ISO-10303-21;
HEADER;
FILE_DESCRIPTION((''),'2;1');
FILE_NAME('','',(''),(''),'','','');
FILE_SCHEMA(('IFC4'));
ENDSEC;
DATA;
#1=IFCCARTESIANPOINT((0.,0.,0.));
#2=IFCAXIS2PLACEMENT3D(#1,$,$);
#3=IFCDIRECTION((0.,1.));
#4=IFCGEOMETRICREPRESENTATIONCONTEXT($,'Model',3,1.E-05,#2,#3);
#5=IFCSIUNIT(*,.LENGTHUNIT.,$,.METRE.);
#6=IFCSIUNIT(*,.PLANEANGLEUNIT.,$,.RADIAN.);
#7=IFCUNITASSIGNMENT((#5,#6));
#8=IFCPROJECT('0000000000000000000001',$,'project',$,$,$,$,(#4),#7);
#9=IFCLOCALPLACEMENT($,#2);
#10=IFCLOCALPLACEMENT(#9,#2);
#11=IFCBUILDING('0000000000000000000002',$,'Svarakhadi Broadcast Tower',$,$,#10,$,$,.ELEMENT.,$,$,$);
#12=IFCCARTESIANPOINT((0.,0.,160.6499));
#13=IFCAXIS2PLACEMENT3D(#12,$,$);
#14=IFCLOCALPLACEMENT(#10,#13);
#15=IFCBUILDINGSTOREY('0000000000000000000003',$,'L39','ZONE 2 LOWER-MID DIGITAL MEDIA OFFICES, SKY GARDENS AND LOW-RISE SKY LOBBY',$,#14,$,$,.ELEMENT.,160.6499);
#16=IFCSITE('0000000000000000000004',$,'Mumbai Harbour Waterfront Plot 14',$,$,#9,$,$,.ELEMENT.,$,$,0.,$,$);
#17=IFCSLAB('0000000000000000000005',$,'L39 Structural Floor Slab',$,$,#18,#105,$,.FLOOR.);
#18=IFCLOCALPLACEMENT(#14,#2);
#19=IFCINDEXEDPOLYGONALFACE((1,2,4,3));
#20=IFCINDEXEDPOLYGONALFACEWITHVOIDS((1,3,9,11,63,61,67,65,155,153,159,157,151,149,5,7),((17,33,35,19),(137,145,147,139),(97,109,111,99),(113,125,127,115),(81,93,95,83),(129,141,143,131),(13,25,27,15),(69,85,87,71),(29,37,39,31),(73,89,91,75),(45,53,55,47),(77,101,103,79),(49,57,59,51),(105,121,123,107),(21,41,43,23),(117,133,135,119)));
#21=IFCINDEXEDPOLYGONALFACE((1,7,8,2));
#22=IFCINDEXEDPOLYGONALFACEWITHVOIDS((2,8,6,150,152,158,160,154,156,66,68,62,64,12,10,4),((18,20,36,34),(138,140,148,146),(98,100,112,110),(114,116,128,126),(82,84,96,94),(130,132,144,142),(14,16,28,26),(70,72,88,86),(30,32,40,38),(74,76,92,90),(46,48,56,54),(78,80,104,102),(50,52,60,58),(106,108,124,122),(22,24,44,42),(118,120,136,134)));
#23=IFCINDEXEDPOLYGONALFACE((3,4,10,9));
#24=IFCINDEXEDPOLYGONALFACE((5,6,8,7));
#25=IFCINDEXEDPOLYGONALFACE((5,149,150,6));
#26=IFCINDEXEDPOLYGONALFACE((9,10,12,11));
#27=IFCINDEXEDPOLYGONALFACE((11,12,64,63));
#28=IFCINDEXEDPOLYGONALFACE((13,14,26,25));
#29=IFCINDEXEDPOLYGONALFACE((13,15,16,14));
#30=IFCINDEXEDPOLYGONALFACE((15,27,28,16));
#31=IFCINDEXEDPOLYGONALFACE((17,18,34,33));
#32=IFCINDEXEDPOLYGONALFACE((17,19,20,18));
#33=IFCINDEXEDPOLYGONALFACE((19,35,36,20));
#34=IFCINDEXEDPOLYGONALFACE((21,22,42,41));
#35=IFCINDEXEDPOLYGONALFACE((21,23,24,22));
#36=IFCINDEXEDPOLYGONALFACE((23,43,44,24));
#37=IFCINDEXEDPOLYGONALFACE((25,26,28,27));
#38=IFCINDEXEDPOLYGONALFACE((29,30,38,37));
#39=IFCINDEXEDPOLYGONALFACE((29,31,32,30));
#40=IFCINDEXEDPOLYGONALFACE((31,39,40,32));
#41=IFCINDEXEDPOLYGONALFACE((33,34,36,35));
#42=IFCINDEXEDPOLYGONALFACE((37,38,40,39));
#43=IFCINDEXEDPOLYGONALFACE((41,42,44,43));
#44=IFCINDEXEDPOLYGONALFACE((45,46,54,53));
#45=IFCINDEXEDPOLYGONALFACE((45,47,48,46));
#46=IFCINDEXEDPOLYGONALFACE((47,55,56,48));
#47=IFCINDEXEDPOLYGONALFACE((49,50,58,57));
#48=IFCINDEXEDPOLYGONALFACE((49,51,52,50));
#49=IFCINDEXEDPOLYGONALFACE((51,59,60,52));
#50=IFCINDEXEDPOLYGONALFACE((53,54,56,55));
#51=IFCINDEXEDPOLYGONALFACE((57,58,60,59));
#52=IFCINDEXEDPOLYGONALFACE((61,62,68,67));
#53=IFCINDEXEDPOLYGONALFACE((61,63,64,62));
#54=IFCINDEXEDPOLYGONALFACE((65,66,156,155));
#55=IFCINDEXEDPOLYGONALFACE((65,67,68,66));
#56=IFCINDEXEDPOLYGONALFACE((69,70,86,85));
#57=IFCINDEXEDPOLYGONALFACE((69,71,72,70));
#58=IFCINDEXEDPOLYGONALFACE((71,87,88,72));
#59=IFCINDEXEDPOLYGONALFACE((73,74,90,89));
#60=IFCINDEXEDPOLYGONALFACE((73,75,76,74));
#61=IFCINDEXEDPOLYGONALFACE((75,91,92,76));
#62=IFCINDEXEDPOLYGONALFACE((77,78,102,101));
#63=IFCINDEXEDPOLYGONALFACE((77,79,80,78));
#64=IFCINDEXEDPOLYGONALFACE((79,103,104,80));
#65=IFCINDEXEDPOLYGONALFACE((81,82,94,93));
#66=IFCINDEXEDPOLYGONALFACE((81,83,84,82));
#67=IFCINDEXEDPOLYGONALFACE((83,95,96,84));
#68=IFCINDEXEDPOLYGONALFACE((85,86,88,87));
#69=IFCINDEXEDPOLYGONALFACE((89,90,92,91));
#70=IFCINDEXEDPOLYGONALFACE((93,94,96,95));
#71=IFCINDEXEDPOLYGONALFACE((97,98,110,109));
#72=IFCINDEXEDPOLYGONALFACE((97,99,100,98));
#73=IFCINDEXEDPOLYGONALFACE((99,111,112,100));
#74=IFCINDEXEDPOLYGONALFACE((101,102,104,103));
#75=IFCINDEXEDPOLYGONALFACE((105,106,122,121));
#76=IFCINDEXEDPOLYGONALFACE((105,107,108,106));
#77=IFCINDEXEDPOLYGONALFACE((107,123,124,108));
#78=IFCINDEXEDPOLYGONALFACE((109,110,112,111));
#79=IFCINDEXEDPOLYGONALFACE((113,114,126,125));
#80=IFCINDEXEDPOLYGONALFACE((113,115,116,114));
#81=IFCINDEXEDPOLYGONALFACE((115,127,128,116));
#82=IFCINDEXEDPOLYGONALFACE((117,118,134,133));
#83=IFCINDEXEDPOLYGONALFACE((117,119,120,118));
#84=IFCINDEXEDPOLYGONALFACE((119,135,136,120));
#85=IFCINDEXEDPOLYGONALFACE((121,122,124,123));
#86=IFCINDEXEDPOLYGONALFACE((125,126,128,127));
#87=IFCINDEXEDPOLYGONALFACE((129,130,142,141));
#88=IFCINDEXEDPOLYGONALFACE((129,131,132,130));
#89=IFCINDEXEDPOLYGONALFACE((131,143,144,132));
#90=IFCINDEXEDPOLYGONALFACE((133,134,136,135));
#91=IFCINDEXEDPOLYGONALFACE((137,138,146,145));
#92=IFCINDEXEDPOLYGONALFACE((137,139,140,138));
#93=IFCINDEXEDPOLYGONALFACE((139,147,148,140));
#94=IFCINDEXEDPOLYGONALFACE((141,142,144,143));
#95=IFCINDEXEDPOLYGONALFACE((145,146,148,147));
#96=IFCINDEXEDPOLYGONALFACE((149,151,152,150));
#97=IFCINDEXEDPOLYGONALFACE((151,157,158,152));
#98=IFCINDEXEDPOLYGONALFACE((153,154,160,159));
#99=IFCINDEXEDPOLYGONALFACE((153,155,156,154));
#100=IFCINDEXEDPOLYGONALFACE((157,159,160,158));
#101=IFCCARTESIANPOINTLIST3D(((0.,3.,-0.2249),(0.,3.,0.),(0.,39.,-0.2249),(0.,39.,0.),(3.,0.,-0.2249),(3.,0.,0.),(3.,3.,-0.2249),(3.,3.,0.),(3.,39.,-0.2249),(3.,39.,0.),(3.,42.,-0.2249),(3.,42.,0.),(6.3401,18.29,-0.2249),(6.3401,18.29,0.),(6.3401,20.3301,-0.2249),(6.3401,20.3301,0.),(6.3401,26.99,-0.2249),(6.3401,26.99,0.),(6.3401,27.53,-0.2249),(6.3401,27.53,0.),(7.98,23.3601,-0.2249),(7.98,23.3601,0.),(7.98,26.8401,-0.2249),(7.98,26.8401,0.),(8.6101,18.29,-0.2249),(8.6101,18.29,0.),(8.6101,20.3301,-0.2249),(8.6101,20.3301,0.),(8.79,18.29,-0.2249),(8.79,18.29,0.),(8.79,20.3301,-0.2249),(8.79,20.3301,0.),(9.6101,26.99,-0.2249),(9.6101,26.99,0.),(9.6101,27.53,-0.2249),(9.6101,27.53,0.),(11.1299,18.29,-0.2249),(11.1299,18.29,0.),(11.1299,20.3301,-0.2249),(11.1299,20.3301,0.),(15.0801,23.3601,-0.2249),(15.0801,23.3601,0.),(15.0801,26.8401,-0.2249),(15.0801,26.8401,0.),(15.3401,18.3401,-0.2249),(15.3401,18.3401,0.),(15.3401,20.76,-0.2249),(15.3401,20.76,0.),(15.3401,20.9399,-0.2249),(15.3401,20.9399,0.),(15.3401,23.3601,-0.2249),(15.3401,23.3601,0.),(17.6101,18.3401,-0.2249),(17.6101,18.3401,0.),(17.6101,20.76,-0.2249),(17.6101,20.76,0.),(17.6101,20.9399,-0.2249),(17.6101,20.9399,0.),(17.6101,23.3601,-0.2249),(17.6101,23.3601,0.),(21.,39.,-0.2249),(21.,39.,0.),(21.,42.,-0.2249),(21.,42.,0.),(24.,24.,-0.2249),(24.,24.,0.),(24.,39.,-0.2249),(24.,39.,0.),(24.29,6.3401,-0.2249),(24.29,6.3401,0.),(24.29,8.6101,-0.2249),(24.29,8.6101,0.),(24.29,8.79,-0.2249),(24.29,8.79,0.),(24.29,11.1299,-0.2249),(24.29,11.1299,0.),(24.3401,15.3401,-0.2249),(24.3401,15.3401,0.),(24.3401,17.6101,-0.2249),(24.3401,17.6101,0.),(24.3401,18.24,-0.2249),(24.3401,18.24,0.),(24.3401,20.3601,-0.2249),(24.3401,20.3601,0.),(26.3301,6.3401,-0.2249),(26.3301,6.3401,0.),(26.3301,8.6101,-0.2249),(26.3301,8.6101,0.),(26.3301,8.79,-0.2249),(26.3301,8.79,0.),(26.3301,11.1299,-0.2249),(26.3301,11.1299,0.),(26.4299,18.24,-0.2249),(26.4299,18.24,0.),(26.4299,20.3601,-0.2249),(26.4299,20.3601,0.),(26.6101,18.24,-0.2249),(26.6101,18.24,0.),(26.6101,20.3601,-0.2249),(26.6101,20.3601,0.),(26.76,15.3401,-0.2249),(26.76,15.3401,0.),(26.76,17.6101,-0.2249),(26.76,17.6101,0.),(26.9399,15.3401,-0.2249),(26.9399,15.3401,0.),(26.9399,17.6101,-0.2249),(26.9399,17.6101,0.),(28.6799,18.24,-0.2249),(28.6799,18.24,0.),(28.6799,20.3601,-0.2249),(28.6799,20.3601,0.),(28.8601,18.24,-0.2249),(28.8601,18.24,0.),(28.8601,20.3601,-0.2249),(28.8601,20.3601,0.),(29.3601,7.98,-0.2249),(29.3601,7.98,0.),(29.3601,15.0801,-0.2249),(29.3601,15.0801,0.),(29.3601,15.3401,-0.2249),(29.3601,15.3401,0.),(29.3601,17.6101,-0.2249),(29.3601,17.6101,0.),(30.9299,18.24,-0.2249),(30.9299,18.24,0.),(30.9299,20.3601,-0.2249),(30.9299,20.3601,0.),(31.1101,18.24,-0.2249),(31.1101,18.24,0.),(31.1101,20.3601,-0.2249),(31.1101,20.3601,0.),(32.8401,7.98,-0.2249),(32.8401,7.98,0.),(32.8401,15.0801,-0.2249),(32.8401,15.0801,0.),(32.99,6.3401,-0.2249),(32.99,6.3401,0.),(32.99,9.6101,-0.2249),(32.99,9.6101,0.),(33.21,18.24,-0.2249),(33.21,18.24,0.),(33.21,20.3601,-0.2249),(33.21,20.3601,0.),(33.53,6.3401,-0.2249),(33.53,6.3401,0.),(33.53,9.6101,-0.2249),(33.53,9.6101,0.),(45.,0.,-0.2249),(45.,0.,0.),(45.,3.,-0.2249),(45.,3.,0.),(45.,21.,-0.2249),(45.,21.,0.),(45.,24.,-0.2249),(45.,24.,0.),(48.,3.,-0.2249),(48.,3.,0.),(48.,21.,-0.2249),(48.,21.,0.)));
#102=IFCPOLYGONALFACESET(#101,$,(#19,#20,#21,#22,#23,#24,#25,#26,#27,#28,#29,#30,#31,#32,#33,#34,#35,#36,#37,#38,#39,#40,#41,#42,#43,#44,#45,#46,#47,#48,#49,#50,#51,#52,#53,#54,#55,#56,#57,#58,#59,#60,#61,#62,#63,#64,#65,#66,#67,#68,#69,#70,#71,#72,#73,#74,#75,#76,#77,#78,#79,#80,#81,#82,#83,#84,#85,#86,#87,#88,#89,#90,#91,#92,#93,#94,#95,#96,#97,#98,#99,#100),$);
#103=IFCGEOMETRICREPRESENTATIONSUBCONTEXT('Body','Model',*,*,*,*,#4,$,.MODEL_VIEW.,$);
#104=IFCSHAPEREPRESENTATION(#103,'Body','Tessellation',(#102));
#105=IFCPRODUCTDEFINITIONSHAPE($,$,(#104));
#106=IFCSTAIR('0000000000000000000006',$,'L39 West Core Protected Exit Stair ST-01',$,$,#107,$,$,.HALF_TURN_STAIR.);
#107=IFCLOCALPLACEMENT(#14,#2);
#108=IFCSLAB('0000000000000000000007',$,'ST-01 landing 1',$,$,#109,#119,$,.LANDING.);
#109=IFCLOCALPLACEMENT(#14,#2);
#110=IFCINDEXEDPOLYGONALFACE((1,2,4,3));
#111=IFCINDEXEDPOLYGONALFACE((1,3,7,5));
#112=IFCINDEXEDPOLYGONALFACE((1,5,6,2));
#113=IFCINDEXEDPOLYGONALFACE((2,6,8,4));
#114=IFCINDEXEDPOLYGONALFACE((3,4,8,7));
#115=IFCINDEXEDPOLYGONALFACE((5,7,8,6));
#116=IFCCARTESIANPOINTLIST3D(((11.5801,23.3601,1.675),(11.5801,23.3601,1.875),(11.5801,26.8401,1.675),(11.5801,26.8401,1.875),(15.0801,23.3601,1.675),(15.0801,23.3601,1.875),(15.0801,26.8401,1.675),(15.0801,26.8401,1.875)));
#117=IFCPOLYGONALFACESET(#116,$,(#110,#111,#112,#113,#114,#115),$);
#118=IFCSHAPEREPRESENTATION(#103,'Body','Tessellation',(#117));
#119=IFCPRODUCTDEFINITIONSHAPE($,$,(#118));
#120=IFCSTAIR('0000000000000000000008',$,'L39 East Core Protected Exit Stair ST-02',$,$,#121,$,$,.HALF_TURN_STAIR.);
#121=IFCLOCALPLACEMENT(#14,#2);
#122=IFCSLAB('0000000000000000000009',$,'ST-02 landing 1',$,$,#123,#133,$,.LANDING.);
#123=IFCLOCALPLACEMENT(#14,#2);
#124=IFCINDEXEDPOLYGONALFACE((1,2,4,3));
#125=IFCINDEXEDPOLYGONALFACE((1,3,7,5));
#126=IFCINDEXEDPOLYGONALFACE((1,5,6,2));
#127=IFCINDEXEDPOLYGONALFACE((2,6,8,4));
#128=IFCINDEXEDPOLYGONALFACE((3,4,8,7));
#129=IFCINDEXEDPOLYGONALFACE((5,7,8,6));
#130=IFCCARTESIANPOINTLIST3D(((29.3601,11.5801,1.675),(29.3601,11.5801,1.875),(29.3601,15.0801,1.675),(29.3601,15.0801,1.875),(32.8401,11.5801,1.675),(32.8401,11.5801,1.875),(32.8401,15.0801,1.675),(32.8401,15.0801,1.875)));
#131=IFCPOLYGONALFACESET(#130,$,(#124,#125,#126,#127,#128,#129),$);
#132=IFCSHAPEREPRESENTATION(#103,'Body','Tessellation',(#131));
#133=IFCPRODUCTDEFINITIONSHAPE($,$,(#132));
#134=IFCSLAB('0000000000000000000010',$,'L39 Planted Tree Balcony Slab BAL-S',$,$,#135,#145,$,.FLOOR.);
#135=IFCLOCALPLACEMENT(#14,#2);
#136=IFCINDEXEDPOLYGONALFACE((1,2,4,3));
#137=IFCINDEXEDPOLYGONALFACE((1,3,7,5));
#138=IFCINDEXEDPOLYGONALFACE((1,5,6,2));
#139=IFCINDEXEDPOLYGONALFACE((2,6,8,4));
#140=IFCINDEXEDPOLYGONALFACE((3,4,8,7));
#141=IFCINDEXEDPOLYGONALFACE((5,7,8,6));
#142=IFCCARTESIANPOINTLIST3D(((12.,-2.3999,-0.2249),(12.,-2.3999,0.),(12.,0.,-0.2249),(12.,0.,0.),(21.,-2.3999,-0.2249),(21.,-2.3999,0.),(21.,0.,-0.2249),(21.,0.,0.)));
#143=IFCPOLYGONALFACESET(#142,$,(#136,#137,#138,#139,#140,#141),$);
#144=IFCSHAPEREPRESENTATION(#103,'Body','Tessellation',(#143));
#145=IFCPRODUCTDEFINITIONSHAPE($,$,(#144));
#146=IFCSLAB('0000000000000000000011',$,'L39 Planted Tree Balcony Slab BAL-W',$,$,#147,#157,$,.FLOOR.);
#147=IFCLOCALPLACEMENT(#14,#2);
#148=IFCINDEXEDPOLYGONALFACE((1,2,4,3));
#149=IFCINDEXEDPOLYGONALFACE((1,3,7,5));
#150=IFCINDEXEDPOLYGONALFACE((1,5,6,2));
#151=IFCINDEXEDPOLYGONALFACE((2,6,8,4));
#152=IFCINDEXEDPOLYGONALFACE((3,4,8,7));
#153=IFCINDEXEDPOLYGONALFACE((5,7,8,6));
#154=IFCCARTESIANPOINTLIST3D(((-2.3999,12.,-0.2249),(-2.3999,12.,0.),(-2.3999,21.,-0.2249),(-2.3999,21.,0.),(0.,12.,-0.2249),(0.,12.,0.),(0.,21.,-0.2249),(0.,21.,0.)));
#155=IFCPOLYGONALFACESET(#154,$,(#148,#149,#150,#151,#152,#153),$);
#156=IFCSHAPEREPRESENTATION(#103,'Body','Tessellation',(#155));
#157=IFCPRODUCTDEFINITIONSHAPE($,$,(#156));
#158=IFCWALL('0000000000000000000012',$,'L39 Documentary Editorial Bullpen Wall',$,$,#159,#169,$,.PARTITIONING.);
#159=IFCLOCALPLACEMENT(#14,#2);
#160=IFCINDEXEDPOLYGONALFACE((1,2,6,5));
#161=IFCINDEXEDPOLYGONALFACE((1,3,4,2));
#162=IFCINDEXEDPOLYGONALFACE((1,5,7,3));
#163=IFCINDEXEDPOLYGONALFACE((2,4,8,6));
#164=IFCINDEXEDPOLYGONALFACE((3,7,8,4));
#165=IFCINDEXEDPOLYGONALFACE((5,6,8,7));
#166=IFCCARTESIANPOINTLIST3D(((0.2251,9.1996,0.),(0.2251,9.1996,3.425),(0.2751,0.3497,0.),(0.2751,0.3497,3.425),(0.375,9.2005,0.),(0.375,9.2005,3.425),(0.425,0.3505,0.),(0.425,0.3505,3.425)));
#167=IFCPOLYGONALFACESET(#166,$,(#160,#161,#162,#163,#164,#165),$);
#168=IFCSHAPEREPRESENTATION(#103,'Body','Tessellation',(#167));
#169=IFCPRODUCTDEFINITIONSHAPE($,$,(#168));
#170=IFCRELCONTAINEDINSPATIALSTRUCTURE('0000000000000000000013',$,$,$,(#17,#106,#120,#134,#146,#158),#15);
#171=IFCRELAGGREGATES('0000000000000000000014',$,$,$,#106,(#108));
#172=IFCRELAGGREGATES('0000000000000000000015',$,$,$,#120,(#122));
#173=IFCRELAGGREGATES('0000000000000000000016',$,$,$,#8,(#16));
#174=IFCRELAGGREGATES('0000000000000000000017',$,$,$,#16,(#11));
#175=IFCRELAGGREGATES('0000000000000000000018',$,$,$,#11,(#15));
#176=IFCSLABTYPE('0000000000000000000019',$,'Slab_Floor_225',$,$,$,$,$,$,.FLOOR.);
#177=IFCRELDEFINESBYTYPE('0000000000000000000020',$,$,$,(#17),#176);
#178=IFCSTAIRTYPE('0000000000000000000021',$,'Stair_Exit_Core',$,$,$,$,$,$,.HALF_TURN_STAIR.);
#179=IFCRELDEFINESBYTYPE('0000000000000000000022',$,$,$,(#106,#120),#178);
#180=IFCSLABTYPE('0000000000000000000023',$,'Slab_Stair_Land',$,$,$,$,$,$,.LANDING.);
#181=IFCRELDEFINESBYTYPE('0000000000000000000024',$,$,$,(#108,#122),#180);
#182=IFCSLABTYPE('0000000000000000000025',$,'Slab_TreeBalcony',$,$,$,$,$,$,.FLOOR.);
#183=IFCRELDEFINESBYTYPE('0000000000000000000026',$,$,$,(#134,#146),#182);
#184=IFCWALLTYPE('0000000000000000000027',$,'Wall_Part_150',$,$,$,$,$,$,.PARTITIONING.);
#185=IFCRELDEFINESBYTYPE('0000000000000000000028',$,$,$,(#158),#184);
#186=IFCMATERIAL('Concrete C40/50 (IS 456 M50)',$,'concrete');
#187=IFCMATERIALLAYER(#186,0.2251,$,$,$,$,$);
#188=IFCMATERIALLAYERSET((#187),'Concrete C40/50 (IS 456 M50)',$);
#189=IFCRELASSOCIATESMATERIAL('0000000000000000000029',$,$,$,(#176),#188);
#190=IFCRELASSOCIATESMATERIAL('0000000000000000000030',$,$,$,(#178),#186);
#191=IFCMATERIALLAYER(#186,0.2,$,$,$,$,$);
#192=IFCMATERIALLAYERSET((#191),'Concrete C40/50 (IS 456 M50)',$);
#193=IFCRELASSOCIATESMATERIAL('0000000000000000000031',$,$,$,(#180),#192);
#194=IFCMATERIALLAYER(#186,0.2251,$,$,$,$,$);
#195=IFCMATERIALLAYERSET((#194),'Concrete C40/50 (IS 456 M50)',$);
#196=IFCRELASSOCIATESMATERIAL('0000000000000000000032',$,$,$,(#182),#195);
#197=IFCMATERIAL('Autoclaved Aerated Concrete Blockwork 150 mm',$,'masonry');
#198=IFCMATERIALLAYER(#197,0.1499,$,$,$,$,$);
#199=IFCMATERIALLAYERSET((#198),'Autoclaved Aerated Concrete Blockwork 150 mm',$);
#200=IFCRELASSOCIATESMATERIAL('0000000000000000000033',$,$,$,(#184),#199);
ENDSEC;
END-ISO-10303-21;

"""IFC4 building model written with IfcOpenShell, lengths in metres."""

from ifc_helpers import new_model, si_unit, direction, frame, frame_2d, origin, place, context, subcontext, project, spatial, polyline, rectangle, outline, extrude, material, layer, layer_set, type_object, element, aggregate, save


model = new_model("IFC4")

# Units and contexts
model_context = context("Model", 3, precision=1e-05, world=origin(), true_north=direction((0.0, 1.0)))
body_context = subcontext(model_context, "Body", "Model", "MODEL_VIEW")
ifc_project = project(units=[si_unit("LENGTHUNIT", "METRE"), si_unit("PLANEANGLEUNIT", "RADIAN")], contexts=[model_context])

# Site, building, storey
site_placement = place(None, origin())
site = spatial("IfcSite", under=ifc_project, at=site_placement, Name="Mumbai Harbour Waterfront Plot 14", CompositionType="ELEMENT", RefElevation=0.0)
building_placement = place(site_placement, origin())
building = spatial("IfcBuilding", under=site, at=building_placement, Name="Svarakhadi Broadcast Tower", CompositionType="ELEMENT")
storey_placement = place(building_placement, frame((0.0, 0.0, 160.6499)))
storey = spatial("IfcBuildingStorey", under=building, at=storey_placement, Name="L39", Description="ZONE 2 LOWER-MID DIGITAL MEDIA OFFICES, SKY GARDENS AND LOW-RISE SKY LOBBY", CompositionType="ELEMENT", Elevation=160.6499)

# Slab
ifc_material_1 = material(Name="Concrete C40/50 (IS 456 M50)", Category="concrete")
ifc_layer_1 = layer(ifc_material_1, 0.2251)
ifc_layer_set_1 = layer_set([ifc_layer_1], Name="Concrete C40/50 (IS 456 M50)")
slab_type_1 = type_object("IfcSlabType", Name="Slab_Floor_225", PredefinedType="FLOOR", material=ifc_layer_set_1)
slab_1_placement = place(storey_placement, frame((0.0, 0.0, -0.2249)))
element("IfcSlab", 1, at=slab_1_placement, inside=storey, type_object=slab_type_1, Name="L39 Structural Floor Slab", PredefinedType="FLOOR", context=body_context, shape_type="SweptSolid", body=[
    extrude(outline(polyline([(3.0, 0.0), (45.0, 0.0), (45.0, 3.0), (48.0, 3.0), (48.0, 21.0), (45.0, 21.0), (45.0, 24.0), (24.0, 24.0), (24.0, 39.0), (21.0, 39.0), (21.0, 42.0), (3.0, 42.0), (3.0, 39.0), (0.0, 39.0), (0.0, 3.0), (3.0, 3.0), (3.0, 0.0)]), holes=[polyline([(7.98, 23.3601), (15.0801, 23.3601), (15.0801, 26.8401), (7.98, 26.8401), (7.98, 23.3601)]), polyline([(32.8401, 7.98), (32.8401, 15.0801), (29.3601, 15.0801), (29.3601, 7.98), (32.8401, 7.98)]), polyline([(6.3401, 18.29), (8.6101, 18.29), (8.6101, 20.3301), (6.3401, 20.3301), (6.3401, 18.29)]), polyline([(8.79, 18.29), (11.1299, 18.29), (11.1299, 20.3301), (8.79, 20.3301), (8.79, 18.29)]), polyline([(24.29, 6.3401), (26.3301, 6.3401), (26.3301, 8.6101), (24.29, 8.6101), (24.29, 6.3401)]), polyline([(24.29, 8.79), (26.3301, 8.79), (26.3301, 11.1299), (24.29, 11.1299), (24.29, 8.79)]), polyline([(6.3401, 26.99), (9.6101, 26.99), (9.6101, 27.53), (6.3401, 27.53), (6.3401, 26.99)]), polyline([(32.99, 6.3401), (33.53, 6.3401), (33.53, 9.6101), (32.99, 9.6101), (32.99, 6.3401)]), polyline([(15.3401, 18.3401), (17.6101, 18.3401), (17.6101, 20.76), (15.3401, 20.76), (15.3401, 18.3401)]), polyline([(15.3401, 20.9399), (17.6101, 20.9399), (17.6101, 23.3601), (15.3401, 23.3601), (15.3401, 20.9399)]), polyline([(24.3401, 15.3401), (26.76, 15.3401), (26.76, 17.6101), (24.3401, 17.6101), (24.3401, 15.3401)]), polyline([(26.9399, 15.3401), (29.3601, 15.3401), (29.3601, 17.6101), (26.9399, 17.6101), (26.9399, 15.3401)]), polyline([(24.3401, 18.24), (26.4299, 18.24), (26.4299, 20.3601), (24.3401, 20.3601), (24.3401, 18.24)]), polyline([(26.6101, 18.24), (28.6799, 18.24), (28.6799, 20.3601), (26.6101, 20.3601), (26.6101, 18.24)]), polyline([(28.8601, 18.24), (30.9299, 18.24), (30.9299, 20.3601), (28.8601, 20.3601), (28.8601, 18.24)]), polyline([(31.1101, 18.24), (33.21, 18.24), (33.21, 20.3601), (31.1101, 20.3601), (31.1101, 18.24)])]), origin(), (0.0, 0.0, 1.0), 0.2249),
])

# Stairs, slabs
stair_type = type_object("IfcStairType", Name="Stair_Exit_Core", PredefinedType="HALF_TURN_STAIR", material=ifc_material_1)
stair_1_placement = place(storey_placement, origin())
stair_1 = element("IfcStair", 2, at=stair_1_placement, inside=storey, type_object=stair_type, Name="L39 West Core Protected Exit Stair ST-01", PredefinedType="HALF_TURN_STAIR")
ifc_layer_2 = layer(ifc_material_1, 0.2)
ifc_layer_set_2 = layer_set([ifc_layer_2], Name="Concrete C40/50 (IS 456 M50)")
slab_type_2 = type_object("IfcSlabType", Name="Slab_Stair_Land", PredefinedType="LANDING", material=ifc_layer_set_2)
slab_2_placement = place(storey_placement, frame((0.0, 0.0, 1.675)))
slab_2 = element("IfcSlab", 3, at=slab_2_placement, type_object=slab_type_2, Name="ST-01 landing 1", PredefinedType="LANDING", context=body_context, shape_type="SweptSolid", body=[
    extrude(outline(polyline([(11.5801, 23.3601), (15.0801, 23.3601), (15.0801, 26.8401), (11.5801, 26.8401), (11.5801, 23.3601)])), origin(), (0.0, 0.0, 1.0), 0.2),
])
aggregate(stair_1, [slab_2])
stair_2_placement = place(storey_placement, origin())
stair_2 = element("IfcStair", 4, at=stair_2_placement, inside=storey, type_object=stair_type, Name="L39 East Core Protected Exit Stair ST-02", PredefinedType="HALF_TURN_STAIR")
slab_3_placement = place(storey_placement, frame((0.0, 0.0, 1.675)))
slab_3 = element("IfcSlab", 5, at=slab_3_placement, type_object=slab_type_2, Name="ST-02 landing 1", PredefinedType="LANDING", context=body_context, shape_type="SweptSolid", body=[
    extrude(outline(polyline([(32.8401, 11.5801), (32.8401, 15.0801), (29.3601, 15.0801), (29.3601, 11.5801), (32.8401, 11.5801)])), origin(), (0.0, 0.0, 1.0), 0.2),
])
aggregate(stair_2, [slab_3])

# Slabs
ifc_layer_3 = layer(ifc_material_1, 0.2251)
ifc_layer_set_3 = layer_set([ifc_layer_3], Name="Concrete C40/50 (IS 456 M50)")
slab_type_3 = type_object("IfcSlabType", Name="Slab_TreeBalcony", PredefinedType="FLOOR", material=ifc_layer_set_3)
slab_4_placement = place(storey_placement, frame((0.0, 0.0, -0.2249)))
element("IfcSlab", 6, at=slab_4_placement, inside=storey, type_object=slab_type_3, Name="L39 Planted Tree Balcony Slab BAL-S", PredefinedType="FLOOR", context=body_context, shape_type="SweptSolid", body=[
    extrude(outline(polyline([(12.0, -2.3999), (21.0, -2.3999), (21.0, 0.0), (12.0, 0.0), (12.0, -2.3999)])), origin(), (0.0, 0.0, 1.0), 0.2249),
])
slab_5_placement = place(storey_placement, frame((0.0, 0.0, -0.2249)))
element("IfcSlab", 7, at=slab_5_placement, inside=storey, type_object=slab_type_3, Name="L39 Planted Tree Balcony Slab BAL-W", PredefinedType="FLOOR", context=body_context, shape_type="SweptSolid", body=[
    extrude(outline(polyline([(-2.3999, 12.0), (0.0, 12.0), (0.0, 21.0), (-2.3999, 21.0), (-2.3999, 12.0)])), origin(), (0.0, 0.0, 1.0), 0.2249),
])

# Wall
ifc_material_2 = material(Name="Autoclaved Aerated Concrete Blockwork 150 mm", Category="masonry")
ifc_layer_4 = layer(ifc_material_2, 0.1499)
ifc_layer_set_4 = layer_set([ifc_layer_4], Name="Autoclaved Aerated Concrete Blockwork 150 mm")
wall_type = type_object("IfcWallType", Name="Wall_Part_150", PredefinedType="PARTITIONING", material=ifc_layer_set_4)
wall_placement = place(storey_placement, frame((0.3501, 0.3501, 0.0), z_axis=(0.0, 0.0, 1.0), x_axis=(-0.005655, 0.999984, 0.0)))
element("IfcWall", 8, at=wall_placement, inside=storey, type_object=wall_type, Name="L39 Documentary Editorial Bullpen Wall", PredefinedType="PARTITIONING", context=body_context, shape_type="SweptSolid", body=[
    extrude(rectangle(XDim=8.8501, YDim=0.1499, at=frame_2d((4.425, 0.0))), origin(), (0.0, 0.0, 1.0), 3.425),
])

save(model, "model.ifc")
